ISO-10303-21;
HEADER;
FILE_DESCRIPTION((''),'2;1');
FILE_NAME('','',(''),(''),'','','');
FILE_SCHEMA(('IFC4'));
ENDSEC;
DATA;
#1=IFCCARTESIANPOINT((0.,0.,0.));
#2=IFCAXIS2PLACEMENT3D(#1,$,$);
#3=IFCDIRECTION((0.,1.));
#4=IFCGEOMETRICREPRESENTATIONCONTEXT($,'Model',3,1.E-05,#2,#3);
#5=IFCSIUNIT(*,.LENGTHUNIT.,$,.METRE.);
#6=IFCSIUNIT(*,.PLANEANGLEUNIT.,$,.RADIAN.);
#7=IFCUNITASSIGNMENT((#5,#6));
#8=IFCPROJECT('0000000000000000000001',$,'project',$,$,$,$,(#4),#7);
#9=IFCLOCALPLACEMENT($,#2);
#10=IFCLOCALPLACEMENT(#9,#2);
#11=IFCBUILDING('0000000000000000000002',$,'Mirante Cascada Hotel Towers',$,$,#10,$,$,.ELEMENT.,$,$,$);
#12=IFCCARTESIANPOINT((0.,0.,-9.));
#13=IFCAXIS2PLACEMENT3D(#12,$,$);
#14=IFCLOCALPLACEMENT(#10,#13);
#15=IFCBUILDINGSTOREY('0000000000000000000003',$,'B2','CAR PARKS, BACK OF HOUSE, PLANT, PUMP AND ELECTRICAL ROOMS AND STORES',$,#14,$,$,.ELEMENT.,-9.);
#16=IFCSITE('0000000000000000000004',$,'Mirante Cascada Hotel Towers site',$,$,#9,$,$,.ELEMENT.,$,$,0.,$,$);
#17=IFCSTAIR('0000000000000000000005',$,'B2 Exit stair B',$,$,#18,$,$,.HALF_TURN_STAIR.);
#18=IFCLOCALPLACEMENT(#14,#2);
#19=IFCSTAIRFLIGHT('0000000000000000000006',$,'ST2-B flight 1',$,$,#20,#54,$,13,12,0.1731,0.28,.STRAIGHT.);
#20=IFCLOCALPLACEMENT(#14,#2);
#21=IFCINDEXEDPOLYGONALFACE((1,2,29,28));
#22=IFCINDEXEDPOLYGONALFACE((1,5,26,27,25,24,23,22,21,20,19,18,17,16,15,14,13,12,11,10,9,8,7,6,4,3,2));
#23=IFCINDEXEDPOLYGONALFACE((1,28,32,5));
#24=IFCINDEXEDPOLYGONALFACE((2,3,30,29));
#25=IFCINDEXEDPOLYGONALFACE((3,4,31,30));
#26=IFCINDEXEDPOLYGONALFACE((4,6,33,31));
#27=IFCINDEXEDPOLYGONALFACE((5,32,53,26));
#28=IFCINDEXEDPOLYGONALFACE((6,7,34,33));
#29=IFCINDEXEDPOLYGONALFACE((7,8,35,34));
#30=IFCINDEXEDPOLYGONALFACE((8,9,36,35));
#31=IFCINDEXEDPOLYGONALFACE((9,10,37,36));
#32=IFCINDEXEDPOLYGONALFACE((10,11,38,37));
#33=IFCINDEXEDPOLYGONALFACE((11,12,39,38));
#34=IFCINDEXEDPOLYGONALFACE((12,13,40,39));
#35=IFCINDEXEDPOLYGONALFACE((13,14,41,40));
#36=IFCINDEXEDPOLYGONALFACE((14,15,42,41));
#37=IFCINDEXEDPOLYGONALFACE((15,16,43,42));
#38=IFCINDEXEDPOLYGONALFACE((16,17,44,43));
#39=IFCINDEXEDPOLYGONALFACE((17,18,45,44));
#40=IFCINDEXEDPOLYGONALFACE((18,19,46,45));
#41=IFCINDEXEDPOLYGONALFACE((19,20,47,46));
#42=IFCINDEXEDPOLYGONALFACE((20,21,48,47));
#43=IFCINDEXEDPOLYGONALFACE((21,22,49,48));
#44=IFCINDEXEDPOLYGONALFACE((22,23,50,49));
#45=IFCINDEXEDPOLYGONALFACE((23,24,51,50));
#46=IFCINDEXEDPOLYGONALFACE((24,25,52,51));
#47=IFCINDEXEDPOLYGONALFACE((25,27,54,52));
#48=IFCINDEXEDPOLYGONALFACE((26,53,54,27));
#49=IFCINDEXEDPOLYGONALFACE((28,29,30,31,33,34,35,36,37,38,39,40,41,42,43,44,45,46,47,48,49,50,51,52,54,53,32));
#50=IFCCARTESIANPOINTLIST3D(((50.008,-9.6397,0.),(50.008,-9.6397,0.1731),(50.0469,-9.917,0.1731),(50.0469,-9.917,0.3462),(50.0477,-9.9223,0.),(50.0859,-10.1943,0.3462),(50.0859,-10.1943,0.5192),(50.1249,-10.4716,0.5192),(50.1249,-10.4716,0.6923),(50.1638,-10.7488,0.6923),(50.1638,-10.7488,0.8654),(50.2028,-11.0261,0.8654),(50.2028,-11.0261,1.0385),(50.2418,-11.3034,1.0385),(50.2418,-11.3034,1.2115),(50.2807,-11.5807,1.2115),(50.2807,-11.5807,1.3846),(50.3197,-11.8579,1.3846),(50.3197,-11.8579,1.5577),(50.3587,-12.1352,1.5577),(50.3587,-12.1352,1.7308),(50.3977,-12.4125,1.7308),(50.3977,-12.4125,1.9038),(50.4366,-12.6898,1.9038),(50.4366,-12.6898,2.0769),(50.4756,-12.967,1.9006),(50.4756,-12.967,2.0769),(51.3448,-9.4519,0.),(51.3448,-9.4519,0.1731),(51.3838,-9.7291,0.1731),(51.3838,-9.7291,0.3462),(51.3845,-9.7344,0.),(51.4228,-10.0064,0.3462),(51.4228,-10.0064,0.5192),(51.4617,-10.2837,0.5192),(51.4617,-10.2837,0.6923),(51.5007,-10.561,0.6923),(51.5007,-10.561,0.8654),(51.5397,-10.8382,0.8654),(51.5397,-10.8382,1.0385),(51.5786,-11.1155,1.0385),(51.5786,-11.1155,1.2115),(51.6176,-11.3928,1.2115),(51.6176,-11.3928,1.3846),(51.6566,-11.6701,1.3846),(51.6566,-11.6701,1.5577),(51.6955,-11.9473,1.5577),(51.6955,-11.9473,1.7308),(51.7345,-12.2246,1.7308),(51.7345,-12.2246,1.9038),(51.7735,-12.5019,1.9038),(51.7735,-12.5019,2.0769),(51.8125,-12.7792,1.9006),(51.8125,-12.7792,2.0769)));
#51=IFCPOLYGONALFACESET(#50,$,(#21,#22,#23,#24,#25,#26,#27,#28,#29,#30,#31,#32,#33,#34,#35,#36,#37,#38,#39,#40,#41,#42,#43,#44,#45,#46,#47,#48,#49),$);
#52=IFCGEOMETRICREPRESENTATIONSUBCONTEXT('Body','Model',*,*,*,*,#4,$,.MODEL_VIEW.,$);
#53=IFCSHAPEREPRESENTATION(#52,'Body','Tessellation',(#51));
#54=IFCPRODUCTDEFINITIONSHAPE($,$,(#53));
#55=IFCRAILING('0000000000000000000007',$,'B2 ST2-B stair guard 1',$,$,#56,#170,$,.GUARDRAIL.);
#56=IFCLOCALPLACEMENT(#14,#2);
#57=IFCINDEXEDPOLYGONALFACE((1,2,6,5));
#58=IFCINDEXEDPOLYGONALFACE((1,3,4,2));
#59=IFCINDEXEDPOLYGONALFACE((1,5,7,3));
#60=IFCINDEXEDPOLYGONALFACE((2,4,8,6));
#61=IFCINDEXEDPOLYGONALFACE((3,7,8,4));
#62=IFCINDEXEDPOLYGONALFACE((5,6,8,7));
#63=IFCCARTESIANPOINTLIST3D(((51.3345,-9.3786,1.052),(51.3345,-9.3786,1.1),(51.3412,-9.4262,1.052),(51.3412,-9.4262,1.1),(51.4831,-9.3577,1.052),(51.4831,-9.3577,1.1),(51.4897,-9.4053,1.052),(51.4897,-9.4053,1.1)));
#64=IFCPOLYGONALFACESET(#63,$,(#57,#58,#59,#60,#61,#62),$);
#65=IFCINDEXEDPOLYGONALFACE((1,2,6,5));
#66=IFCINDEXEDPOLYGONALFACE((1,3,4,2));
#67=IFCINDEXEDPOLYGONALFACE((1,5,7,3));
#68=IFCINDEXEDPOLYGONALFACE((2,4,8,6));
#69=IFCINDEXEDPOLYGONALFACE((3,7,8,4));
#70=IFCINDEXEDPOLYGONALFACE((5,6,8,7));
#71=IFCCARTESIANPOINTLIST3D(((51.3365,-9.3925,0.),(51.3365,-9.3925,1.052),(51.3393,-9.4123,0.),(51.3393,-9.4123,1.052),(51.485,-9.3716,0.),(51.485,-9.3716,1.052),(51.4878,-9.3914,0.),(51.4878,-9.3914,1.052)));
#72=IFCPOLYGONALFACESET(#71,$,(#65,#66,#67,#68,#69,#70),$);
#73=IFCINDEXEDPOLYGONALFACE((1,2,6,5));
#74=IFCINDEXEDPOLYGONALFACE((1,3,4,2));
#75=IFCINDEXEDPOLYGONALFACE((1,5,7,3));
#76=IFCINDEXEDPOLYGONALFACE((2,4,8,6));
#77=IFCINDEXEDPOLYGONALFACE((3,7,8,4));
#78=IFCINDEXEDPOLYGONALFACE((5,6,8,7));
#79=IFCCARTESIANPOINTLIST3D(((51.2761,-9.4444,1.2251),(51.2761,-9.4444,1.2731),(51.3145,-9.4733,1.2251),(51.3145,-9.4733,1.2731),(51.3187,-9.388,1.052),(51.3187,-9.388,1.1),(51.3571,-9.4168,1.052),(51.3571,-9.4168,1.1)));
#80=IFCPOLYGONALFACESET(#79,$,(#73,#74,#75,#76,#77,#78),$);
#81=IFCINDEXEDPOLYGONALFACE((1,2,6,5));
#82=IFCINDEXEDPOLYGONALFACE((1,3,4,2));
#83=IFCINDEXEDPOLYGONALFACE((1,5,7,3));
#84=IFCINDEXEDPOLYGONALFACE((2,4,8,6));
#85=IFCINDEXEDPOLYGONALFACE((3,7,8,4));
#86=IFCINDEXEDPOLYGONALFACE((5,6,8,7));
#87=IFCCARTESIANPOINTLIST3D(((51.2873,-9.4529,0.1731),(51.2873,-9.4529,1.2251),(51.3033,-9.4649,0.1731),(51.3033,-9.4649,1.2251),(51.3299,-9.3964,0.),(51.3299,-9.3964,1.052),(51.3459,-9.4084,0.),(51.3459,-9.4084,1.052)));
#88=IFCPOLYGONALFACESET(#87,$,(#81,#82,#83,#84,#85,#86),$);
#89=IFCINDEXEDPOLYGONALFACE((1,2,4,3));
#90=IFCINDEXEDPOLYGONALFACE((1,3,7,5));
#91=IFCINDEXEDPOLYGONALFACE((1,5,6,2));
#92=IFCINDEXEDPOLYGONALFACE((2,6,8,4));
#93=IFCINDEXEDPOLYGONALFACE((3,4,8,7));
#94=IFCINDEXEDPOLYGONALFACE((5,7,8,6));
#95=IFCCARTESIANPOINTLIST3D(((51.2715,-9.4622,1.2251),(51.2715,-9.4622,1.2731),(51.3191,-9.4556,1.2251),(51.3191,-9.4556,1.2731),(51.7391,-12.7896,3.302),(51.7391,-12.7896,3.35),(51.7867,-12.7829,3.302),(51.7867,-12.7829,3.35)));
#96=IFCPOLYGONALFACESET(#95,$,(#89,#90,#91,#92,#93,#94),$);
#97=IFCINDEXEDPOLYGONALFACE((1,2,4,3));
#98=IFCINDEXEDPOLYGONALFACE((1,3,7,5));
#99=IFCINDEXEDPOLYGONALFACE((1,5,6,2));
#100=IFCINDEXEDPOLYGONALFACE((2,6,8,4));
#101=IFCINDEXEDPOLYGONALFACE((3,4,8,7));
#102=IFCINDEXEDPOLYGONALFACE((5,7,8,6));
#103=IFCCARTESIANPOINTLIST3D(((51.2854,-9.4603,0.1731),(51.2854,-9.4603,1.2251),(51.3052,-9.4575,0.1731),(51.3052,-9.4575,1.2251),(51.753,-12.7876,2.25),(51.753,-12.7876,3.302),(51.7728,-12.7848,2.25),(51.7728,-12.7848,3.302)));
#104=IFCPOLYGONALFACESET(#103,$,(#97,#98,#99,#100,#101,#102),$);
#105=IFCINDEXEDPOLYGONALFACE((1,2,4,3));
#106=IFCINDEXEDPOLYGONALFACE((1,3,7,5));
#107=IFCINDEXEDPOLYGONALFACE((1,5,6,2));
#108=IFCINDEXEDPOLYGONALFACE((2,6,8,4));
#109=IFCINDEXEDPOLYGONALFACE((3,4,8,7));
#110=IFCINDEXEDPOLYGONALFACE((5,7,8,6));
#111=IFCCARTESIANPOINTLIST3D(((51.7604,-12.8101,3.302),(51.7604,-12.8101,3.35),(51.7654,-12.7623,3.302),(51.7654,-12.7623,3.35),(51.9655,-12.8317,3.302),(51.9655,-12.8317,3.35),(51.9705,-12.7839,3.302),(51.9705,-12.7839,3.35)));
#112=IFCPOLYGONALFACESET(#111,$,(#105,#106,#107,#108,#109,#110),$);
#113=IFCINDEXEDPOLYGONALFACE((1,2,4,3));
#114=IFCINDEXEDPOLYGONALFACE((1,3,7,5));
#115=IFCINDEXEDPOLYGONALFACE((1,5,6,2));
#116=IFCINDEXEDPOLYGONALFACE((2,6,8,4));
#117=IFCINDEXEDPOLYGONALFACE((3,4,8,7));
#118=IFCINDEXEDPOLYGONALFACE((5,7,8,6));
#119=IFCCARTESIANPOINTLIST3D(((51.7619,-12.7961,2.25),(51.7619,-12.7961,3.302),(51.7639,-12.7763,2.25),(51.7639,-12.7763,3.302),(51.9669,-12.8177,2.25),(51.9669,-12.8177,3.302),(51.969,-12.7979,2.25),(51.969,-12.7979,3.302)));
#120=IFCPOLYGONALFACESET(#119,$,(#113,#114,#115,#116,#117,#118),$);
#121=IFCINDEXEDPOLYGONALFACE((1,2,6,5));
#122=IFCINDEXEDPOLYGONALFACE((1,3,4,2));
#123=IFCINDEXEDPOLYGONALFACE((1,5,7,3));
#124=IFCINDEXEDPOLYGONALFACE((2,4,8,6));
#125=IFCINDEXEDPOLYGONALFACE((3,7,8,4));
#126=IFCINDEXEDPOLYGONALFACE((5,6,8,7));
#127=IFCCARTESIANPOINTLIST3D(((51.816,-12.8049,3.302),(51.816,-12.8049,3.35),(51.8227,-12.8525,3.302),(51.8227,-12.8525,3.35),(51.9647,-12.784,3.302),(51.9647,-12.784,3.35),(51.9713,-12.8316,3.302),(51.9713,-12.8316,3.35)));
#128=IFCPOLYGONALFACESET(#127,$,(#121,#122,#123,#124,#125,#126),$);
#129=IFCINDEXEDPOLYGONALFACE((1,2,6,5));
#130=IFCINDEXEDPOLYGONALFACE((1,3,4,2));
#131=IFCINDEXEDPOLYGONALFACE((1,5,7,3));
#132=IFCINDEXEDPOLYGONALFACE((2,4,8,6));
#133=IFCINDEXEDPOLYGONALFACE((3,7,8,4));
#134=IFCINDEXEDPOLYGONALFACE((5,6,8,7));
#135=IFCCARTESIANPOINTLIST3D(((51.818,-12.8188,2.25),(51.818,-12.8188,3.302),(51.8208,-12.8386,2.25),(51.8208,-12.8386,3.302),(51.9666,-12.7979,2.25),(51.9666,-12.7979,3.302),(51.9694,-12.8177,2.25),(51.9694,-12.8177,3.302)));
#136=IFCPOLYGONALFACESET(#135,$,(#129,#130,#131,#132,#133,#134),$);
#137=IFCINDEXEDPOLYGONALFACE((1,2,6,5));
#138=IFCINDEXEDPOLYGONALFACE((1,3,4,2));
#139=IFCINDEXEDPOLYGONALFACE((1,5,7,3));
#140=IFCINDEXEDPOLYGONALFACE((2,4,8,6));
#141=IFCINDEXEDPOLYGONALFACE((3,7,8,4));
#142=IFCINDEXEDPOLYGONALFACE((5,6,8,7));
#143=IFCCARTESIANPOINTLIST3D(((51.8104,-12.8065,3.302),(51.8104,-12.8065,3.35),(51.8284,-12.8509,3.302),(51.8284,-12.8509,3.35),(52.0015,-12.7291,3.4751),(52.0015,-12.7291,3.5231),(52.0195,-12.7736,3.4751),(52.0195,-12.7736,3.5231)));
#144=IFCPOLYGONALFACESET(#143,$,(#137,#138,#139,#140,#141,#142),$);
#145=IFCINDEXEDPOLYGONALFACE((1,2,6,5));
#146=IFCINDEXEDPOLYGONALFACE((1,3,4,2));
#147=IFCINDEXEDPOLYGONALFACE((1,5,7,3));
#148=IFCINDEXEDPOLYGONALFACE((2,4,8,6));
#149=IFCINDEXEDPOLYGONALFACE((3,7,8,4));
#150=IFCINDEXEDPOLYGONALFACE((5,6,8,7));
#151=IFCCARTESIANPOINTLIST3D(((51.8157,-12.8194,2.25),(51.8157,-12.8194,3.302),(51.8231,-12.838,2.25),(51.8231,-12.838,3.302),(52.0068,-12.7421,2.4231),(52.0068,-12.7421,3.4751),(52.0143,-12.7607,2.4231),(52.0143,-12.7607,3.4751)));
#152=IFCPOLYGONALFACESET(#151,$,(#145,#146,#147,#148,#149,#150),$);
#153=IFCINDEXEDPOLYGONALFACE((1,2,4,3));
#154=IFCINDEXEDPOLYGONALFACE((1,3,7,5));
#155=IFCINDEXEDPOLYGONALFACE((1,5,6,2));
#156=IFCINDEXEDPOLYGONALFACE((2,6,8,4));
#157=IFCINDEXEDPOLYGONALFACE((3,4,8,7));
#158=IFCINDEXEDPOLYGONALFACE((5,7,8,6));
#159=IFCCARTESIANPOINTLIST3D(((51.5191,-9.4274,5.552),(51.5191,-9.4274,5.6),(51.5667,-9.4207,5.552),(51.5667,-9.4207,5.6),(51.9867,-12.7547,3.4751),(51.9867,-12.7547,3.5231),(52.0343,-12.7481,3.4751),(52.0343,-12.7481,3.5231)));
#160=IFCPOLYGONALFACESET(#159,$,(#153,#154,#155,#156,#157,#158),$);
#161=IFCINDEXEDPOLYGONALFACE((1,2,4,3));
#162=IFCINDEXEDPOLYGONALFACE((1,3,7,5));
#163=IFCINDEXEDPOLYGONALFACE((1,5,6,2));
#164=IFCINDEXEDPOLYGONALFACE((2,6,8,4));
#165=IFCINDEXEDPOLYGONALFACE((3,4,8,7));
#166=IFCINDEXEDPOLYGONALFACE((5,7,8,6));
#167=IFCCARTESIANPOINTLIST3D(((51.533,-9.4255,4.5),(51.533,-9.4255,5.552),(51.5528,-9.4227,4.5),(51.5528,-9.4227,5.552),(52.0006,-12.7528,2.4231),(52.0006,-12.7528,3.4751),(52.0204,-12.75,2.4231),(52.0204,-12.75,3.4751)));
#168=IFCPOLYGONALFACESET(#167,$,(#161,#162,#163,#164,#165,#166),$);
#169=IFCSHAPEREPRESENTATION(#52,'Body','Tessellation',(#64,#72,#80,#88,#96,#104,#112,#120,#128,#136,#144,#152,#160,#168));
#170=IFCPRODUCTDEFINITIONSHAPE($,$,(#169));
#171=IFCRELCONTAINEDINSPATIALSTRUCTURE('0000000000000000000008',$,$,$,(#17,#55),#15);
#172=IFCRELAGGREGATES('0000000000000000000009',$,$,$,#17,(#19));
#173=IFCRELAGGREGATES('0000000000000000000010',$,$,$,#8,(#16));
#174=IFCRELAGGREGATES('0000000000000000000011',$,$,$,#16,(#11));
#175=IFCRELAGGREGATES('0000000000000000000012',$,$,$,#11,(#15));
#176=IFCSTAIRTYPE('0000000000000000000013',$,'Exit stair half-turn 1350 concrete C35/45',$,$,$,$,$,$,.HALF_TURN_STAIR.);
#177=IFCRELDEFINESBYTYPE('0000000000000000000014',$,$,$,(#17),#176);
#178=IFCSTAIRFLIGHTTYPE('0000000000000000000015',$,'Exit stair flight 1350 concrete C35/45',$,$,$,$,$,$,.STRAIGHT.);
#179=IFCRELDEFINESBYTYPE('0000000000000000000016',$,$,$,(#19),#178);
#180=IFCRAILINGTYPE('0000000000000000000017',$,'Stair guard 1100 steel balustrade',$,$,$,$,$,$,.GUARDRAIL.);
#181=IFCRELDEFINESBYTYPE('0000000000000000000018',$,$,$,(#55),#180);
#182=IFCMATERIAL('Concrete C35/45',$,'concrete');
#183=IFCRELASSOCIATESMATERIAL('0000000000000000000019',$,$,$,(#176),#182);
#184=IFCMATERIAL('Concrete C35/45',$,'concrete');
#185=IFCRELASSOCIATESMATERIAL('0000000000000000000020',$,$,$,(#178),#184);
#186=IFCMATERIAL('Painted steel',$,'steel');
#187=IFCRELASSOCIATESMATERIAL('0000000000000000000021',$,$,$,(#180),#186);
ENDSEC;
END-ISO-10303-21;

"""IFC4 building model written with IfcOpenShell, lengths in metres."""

from ifc_helpers import new_model, si_unit, direction, frame, origin, origin_2d, place, context, subcontext, project, spatial, polyline, rectangle, outline, extrude, material, type_object, element, aggregate, save


model = new_model("IFC4")

# Units and contexts
model_context = context("Model", 3, precision=1e-05, world=origin(), true_north=direction((0.0, 1.0)))
body_context = subcontext(model_context, "Body", "Model", "MODEL_VIEW")
ifc_project = project(units=[si_unit("LENGTHUNIT", "METRE"), si_unit("PLANEANGLEUNIT", "RADIAN")], contexts=[model_context])

# Site, building, storey
site_placement = place(None, origin())
site = spatial("IfcSite", under=ifc_project, at=site_placement, Name="Mirante Cascada Hotel Towers site", CompositionType="ELEMENT", RefElevation=0.0)
building_placement = place(site_placement, origin())
building = spatial("IfcBuilding", under=site, at=building_placement, Name="Mirante Cascada Hotel Towers", CompositionType="ELEMENT")
storey_placement = place(building_placement, frame((0.0, 0.0, -9.0)))
storey = spatial("IfcBuildingStorey", under=building, at=storey_placement, Name="B2", Description="CAR PARKS, BACK OF HOUSE, PLANT, PUMP AND ELECTRICAL ROOMS AND STORES", CompositionType="ELEMENT", Elevation=-9.0)

# Stair, stair flight
ifc_material_1 = material(Name="Concrete C35/45", Category="concrete")
stair_type = type_object("IfcStairType", Name="Exit stair half-turn 1350 concrete C35/45", PredefinedType="HALF_TURN_STAIR", material=ifc_material_1)
stair_placement = place(storey_placement, origin())
stair = element("IfcStair", 1, at=stair_placement, inside=storey, type_object=stair_type, Name="B2 Exit stair B", PredefinedType="HALF_TURN_STAIR")
ifc_material_2 = material(Name="Concrete C35/45", Category="concrete")
stair_flight_type = type_object("IfcStairFlightType", Name="Exit stair flight 1350 concrete C35/45", PredefinedType="STRAIGHT", material=ifc_material_2)
stair_flight_placement = place(storey_placement, frame((50.6764, -9.5458, 0.0), z_axis=(0.0, 0.0, 1.0), x_axis=(0.139173, -0.990268, 0.0)))
stair_flight = element("IfcStairFlight", 2, at=stair_flight_placement, type_object=stair_flight_type, Name="ST2-B flight 1", NumberOfRisers=13, NumberOfTreads=12, PredefinedType="STRAIGHT", RiserHeight=0.1731, TreadLength=0.28, context=body_context, shape_type="SweptSolid", body=[
    extrude(outline(polyline([(0.0, 0.0), (0.0, 0.1731), (0.28, 0.1731), (0.28, 0.3462), (0.56, 0.3462), (0.56, 0.5192), (0.84, 0.5192), (0.84, 0.6923), (1.12, 0.6923), (1.12, 0.8654), (1.4, 0.8654), (1.4, 1.0385), (1.68, 1.0385), (1.68, 1.2115), (1.96, 1.2115), (1.96, 1.3846), (2.24, 1.3846), (2.24, 1.5577), (2.52, 1.5577), (2.52, 1.7308), (2.8, 1.7308), (2.8, 1.9038), (3.08, 1.9038), (3.08, 2.0769), (3.36, 2.0769), (3.36, 2.25), (3.36, 1.9006), (0.2853, 0.0), (0.0, 0.0)])), frame((0.0, 0.675, 0.0), z_axis=(0.0, -1.0, 0.0), x_axis=(1.0, 0.0, 0.0)), (0.0, 0.0, 1.0), 1.35),
])
aggregate(stair, [stair_flight])

# Railing
ifc_material_3 = material(Name="Painted steel", Category="steel")
railing_type_1 = type_object("IfcRailingType", Name="Stair guard 1100 steel balustrade", PredefinedType="GUARDRAIL", material=ifc_material_3)
railing_1_placement = place(storey_placement, frame((51.4864, -9.3815, 0.0)))
element("IfcRailing", 3, at=railing_1_placement, inside=storey, type_object=railing_type_1, Name="B2 ST2-B stair guard 1", PredefinedType="GUARDRAIL", context=body_context, shape_type="SweptSolid", body=[
    extrude(rectangle(XDim=0.048, YDim=0.048, at=origin_2d()), frame((0.0, 0.0, 1.076), z_axis=(-0.990241, -0.139367, 0.0), x_axis=(0.139367, -0.990241, 0.0)), (0.0, 0.0, 1.0), 0.15),
    extrude(rectangle(XDim=0.02, YDim=1.052, at=origin_2d()), frame((0.0, 0.0, 0.526), z_axis=(-0.990241, -0.139367, 0.0), x_axis=(0.139367, -0.990241, 0.0)), (0.0, 0.0, 1.0), 0.15),
    extrude(rectangle(XDim=0.048, YDim=0.048, at=origin_2d()), frame((-0.1485, -0.0209, 1.076), z_axis=(-0.602033, -0.798471, 0.0), x_axis=(0.798471, -0.602033, 0.0)), (0.0, 0.925647, 0.378388), 0.187),
    extrude(rectangle(XDim=0.02, YDim=1.052, at=origin_2d()), frame((-0.1485, -0.0209, 0.526), z_axis=(-0.602033, -0.798471, 0.0), x_axis=(0.798471, -0.602033, 0.0)), (0.0, 0.925647, 0.378388), 0.187),
    extrude(rectangle(XDim=0.048, YDim=0.048, at=origin_2d()), frame((-0.1911, -0.0774, 1.2491), z_axis=(0.139167, -0.990269, 0.0), x_axis=(0.990269, 0.139167, 0.0)), (0.0, 0.525787, 0.850616), 3.9501),
    extrude(rectangle(XDim=0.02, YDim=1.052, at=origin_2d()), frame((-0.1911, -0.0774, 0.6991), z_axis=(0.139167, -0.990269, 0.0), x_axis=(0.990269, 0.139167, 0.0)), (0.0, 0.525787, 0.850616), 3.9501),
    extrude(rectangle(XDim=0.048, YDim=0.048, at=origin_2d()), frame((0.2765, -3.4047, 3.326), z_axis=(0.9945, -0.104735, 0.0), x_axis=(0.104735, 0.9945, 0.0)), (0.0, 0.0, 1.0), 0.2062),
    extrude(rectangle(XDim=0.02, YDim=1.052, at=origin_2d()), frame((0.2765, -3.4047, 2.776), z_axis=(0.9945, -0.104735, 0.0), x_axis=(0.104735, 0.9945, 0.0)), (0.0, 0.0, 1.0), 0.2062),
    extrude(rectangle(XDim=0.048, YDim=0.048, at=origin_2d()), frame((0.4816, -3.4263, 3.326), z_axis=(-0.990254, -0.139275, 0.0), x_axis=(0.139275, -0.990254, 0.0)), (0.0, 0.0, 1.0), 0.1501),
    extrude(rectangle(XDim=0.02, YDim=1.052, at=origin_2d()), frame((0.4816, -3.4263, 2.776), z_axis=(-0.990254, -0.139275, 0.0), x_axis=(0.139275, -0.990254, 0.0)), (0.0, 0.0, 1.0), 0.1501),
    extrude(rectangle(XDim=0.048, YDim=0.048, at=origin_2d()), frame((0.333, -3.4472, 3.326), z_axis=(0.927031, 0.374984, 0.0), x_axis=(-0.374984, 0.927031, 0.0)), (0.0, 0.643063, 0.765813), 0.2692),
    extrude(rectangle(XDim=0.02, YDim=1.052, at=origin_2d()), frame((0.333, -3.4472, 2.776), z_axis=(0.927031, 0.374984, 0.0), x_axis=(-0.374984, 0.927031, 0.0)), (0.0, 0.643063, 0.765813), 0.2692),
    extrude(rectangle(XDim=0.048, YDim=0.048, at=origin_2d()), frame((0.5241, -3.3699, 3.4991), z_axis=(-0.139167, 0.990269, 0.0), x_axis=(-0.990269, -0.139167, 0.0)), (0.0, 0.525787, 0.850616), 3.9501),
    extrude(rectangle(XDim=0.02, YDim=1.052, at=origin_2d()), frame((0.5241, -3.3699, 2.9491), z_axis=(-0.139167, 0.990269, 0.0), x_axis=(-0.990269, -0.139167, 0.0)), (0.0, 0.525787, 0.850616), 3.9501),
])

save(model, "model.ifc")
